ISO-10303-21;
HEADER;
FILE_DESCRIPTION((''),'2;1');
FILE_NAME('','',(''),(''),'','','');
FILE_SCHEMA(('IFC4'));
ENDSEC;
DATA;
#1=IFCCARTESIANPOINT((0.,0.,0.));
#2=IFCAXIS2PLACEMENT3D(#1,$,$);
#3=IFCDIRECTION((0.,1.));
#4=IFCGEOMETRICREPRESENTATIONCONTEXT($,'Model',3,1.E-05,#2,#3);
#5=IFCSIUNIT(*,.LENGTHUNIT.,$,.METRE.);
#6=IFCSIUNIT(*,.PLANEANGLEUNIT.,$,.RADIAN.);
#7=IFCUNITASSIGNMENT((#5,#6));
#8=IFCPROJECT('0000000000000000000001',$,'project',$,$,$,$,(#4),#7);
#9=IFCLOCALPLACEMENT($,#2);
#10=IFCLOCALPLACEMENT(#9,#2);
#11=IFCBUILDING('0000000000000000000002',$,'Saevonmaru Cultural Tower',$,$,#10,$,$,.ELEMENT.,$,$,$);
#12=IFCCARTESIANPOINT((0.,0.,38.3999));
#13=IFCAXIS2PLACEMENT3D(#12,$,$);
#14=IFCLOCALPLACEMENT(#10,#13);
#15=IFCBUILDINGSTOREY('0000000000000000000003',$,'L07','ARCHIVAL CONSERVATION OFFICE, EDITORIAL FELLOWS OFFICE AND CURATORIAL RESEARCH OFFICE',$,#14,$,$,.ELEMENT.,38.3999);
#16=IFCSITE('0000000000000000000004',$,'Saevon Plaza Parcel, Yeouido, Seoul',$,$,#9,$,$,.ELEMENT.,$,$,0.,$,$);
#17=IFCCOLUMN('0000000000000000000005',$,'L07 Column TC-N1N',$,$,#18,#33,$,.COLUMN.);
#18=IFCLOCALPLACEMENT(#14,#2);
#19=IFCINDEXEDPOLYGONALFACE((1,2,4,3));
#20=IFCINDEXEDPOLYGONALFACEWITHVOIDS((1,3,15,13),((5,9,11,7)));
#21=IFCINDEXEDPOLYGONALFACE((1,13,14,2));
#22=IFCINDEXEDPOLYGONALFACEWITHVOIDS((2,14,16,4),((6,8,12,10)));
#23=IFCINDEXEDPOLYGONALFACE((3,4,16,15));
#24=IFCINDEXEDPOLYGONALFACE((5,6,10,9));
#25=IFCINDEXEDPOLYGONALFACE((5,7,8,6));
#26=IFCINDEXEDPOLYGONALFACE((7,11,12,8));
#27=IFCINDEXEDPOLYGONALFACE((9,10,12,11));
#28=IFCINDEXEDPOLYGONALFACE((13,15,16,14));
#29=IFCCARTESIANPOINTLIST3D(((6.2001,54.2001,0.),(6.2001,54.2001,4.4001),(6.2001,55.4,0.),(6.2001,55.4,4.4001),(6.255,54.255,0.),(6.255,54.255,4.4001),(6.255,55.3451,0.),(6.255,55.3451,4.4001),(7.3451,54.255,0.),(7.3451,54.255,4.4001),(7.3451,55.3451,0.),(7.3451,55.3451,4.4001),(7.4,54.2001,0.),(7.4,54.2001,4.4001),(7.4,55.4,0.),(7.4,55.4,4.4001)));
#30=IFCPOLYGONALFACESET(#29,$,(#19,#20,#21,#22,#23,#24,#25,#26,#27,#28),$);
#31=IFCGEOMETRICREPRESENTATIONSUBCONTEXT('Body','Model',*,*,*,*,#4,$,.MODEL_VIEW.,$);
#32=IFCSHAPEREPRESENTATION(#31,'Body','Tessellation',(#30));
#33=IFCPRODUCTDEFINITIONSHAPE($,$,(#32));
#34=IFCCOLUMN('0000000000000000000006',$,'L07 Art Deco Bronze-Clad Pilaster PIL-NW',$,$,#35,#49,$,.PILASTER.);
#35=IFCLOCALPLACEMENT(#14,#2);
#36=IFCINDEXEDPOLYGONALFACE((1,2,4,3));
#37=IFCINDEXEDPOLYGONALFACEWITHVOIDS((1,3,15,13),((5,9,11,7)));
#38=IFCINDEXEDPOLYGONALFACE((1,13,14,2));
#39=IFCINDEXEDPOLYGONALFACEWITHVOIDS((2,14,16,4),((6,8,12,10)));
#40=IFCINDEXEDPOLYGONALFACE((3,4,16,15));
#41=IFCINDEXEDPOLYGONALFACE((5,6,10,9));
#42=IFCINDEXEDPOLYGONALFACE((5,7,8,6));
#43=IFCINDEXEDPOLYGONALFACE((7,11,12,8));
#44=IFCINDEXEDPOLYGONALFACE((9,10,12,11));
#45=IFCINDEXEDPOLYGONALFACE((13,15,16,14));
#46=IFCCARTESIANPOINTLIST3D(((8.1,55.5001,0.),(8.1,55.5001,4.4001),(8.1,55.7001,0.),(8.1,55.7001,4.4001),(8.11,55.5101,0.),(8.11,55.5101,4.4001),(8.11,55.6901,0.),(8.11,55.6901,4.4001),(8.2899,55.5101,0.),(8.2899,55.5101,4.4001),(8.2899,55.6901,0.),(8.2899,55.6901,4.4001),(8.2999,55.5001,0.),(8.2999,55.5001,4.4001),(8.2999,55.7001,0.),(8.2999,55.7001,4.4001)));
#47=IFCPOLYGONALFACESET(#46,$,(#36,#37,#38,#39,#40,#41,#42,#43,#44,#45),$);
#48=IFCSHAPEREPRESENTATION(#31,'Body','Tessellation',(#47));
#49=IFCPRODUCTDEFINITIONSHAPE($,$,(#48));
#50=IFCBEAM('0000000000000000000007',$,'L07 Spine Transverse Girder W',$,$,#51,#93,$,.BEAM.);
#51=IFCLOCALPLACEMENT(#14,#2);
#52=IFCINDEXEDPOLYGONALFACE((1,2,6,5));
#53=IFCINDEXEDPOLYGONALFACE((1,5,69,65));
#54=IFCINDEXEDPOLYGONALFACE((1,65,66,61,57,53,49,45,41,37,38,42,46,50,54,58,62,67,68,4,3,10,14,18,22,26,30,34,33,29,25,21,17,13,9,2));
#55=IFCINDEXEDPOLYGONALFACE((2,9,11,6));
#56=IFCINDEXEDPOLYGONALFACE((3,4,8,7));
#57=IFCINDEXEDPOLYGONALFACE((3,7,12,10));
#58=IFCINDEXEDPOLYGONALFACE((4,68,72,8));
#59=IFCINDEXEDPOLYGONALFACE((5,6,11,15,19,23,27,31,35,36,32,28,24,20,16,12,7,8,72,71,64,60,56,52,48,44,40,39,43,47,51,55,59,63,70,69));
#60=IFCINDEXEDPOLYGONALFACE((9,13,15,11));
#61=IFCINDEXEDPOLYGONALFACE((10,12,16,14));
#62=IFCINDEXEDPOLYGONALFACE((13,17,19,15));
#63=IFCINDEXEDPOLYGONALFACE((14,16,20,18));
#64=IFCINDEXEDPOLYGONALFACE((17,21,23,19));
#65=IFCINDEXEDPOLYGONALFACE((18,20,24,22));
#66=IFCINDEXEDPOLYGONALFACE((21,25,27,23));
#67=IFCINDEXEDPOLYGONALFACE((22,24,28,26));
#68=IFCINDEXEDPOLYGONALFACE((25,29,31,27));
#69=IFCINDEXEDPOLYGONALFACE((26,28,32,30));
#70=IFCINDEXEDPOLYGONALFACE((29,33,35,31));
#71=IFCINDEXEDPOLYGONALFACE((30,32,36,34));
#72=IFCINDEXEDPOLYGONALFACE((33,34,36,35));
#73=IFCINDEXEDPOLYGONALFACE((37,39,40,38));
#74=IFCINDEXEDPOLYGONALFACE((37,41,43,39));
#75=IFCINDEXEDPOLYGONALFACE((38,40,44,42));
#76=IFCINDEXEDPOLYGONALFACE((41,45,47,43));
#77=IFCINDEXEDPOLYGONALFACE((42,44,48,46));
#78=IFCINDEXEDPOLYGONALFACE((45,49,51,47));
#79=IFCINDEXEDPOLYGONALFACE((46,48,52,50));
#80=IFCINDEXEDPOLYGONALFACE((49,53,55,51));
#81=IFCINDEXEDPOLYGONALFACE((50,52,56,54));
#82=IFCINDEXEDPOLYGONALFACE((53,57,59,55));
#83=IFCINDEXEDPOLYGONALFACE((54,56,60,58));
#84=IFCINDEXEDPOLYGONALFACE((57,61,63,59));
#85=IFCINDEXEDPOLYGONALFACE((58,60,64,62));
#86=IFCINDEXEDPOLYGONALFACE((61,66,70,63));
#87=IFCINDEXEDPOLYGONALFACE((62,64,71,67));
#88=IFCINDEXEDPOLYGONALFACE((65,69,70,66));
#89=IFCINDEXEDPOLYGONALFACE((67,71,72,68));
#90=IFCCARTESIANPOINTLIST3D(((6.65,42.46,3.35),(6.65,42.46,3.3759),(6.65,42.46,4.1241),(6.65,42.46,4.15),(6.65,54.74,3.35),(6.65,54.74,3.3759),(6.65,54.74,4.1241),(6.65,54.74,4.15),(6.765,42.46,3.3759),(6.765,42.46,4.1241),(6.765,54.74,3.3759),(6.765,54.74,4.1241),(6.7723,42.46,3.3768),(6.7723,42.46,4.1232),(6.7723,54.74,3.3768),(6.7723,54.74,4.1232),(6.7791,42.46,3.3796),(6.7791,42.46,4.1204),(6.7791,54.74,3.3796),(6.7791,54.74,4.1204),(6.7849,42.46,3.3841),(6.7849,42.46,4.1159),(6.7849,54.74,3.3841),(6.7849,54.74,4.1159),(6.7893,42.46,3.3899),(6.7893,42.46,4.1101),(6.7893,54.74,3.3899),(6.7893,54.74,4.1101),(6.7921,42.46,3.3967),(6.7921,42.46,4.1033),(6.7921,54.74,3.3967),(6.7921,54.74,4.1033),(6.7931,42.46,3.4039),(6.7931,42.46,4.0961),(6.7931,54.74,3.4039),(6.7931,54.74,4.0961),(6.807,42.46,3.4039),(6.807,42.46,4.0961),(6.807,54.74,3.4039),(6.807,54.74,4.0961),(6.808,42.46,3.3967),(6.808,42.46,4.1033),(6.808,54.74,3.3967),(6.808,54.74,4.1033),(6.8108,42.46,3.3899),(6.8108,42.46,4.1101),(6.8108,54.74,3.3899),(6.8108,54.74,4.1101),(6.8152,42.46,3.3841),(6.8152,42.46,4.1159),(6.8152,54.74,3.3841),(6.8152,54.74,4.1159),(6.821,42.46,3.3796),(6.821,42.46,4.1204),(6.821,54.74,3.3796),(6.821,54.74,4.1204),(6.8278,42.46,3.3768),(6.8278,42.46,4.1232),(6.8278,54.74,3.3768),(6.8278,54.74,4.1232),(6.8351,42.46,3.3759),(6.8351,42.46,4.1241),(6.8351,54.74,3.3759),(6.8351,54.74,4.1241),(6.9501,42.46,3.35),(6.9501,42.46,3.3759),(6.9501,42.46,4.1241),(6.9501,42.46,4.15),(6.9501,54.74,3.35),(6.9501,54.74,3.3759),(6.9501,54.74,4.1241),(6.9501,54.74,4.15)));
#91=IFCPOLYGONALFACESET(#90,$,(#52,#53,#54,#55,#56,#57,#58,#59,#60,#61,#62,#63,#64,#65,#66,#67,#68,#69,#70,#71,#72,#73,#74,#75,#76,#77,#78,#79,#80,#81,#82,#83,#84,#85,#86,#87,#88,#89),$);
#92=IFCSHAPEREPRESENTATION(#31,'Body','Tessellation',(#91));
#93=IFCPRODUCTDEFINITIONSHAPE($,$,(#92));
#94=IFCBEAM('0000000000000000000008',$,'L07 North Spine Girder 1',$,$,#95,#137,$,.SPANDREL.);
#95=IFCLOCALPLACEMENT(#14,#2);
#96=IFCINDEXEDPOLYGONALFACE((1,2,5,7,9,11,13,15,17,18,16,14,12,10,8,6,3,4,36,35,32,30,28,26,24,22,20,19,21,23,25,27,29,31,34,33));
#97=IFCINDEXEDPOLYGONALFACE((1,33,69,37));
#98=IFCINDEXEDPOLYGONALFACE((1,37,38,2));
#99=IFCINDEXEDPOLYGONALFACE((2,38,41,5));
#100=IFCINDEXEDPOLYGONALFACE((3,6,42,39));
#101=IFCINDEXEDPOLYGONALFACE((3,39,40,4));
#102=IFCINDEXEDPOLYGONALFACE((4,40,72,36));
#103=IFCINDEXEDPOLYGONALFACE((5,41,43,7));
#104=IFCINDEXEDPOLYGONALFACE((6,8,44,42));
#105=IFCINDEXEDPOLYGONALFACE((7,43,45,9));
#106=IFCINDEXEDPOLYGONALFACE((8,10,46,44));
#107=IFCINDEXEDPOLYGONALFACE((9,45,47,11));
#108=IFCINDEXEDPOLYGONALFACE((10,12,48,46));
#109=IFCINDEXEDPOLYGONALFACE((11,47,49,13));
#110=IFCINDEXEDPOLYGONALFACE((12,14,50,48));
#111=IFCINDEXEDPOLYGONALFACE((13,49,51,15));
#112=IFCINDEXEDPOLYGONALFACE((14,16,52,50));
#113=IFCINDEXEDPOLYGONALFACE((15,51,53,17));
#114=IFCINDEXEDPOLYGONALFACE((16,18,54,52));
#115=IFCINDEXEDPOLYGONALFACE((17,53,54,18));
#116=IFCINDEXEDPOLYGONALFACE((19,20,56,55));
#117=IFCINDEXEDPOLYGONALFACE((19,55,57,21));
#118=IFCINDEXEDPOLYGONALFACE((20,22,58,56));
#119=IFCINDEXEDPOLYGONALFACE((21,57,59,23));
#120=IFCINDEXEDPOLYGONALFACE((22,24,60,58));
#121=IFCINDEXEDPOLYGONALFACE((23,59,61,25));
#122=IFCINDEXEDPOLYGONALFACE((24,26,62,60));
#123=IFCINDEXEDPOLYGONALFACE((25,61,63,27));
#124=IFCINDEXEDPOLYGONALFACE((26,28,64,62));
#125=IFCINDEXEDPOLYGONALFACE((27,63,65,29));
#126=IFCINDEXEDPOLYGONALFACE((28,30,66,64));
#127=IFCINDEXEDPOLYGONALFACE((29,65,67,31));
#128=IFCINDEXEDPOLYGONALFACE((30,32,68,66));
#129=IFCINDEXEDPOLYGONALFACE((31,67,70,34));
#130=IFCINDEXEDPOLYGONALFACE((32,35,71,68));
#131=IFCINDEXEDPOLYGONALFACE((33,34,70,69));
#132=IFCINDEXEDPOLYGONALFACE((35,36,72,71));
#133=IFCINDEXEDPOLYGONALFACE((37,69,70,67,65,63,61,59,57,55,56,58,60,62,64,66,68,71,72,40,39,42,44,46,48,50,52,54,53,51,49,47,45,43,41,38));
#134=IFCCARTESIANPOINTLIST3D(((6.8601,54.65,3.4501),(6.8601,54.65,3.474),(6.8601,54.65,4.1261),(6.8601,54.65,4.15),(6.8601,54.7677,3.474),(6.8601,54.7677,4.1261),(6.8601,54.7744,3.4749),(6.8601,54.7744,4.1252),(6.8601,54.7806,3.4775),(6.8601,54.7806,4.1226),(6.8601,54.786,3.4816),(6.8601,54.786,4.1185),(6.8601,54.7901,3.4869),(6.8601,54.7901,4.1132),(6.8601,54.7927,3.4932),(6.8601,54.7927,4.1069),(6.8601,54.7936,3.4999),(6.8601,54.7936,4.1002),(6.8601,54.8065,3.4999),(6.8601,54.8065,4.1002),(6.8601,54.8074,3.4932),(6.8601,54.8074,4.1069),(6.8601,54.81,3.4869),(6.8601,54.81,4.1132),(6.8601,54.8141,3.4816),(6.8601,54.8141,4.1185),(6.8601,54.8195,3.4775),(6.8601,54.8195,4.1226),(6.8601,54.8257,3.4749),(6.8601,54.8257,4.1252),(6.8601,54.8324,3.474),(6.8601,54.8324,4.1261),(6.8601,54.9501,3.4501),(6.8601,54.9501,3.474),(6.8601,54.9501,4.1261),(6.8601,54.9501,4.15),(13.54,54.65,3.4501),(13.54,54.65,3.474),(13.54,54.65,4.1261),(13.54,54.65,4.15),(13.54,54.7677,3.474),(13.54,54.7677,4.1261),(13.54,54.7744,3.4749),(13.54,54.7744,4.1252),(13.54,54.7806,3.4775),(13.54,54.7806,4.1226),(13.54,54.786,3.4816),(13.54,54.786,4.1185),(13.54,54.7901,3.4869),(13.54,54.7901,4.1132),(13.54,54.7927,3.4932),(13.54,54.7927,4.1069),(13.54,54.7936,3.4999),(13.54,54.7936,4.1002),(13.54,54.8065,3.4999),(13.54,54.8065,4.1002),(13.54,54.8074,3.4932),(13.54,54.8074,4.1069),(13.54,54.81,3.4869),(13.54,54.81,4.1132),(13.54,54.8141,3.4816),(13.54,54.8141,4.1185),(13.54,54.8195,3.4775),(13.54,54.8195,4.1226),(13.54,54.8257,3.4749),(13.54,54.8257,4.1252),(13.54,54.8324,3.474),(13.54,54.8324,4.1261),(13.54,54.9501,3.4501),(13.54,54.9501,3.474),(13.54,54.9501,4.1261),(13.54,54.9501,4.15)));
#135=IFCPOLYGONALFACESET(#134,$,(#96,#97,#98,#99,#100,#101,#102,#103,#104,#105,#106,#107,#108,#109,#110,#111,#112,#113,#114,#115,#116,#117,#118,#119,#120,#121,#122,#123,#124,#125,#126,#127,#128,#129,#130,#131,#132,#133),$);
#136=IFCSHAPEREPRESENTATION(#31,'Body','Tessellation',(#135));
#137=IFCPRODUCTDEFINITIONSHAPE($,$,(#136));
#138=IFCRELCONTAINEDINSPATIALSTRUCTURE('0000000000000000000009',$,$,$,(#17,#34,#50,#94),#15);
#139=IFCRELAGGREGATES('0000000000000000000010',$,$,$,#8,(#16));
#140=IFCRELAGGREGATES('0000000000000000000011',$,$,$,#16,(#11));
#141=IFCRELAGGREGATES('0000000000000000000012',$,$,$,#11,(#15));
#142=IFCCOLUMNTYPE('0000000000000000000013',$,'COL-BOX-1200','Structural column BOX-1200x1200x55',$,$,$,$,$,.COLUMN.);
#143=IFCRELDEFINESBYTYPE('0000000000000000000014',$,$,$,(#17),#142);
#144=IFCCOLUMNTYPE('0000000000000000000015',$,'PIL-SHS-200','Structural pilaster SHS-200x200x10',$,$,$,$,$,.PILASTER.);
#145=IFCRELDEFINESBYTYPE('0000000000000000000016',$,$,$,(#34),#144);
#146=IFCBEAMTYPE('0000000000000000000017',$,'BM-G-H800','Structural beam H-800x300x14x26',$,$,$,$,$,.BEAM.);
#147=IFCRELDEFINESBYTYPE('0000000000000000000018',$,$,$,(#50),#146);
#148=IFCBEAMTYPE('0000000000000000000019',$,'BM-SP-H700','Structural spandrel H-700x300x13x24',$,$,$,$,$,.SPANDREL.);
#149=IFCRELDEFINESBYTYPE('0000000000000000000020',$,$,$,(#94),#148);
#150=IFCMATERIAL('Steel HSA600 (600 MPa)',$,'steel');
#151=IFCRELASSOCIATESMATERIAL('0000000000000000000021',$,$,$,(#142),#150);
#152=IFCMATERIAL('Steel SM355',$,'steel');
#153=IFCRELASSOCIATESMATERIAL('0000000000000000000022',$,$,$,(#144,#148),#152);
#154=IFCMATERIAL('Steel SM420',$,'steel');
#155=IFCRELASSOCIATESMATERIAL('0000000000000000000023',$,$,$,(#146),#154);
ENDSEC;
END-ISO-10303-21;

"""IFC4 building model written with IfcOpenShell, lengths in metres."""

from ifc_helpers import new_model, si_unit, direction, frame, origin, origin_2d, place, context, subcontext, project, spatial, hollow_rectangle, i_section, extrude, material, material_profile, profile_set, type_object, element, save


model = new_model("IFC4")

# Units and contexts
model_context = context("Model", 3, precision=1e-05, world=origin(), true_north=direction((0.0, 1.0)))
body_context = subcontext(model_context, "Body", "Model", "MODEL_VIEW")
ifc_project = project(units=[si_unit("LENGTHUNIT", "METRE"), si_unit("PLANEANGLEUNIT", "RADIAN")], contexts=[model_context])

# Site, building, storey
site_placement = place(None, origin())
site = spatial("IfcSite", under=ifc_project, at=site_placement, Name="Saevon Plaza Parcel, Yeouido, Seoul", CompositionType="ELEMENT", RefElevation=0.0)
building_placement = place(site_placement, origin())
building = spatial("IfcBuilding", under=site, at=building_placement, Name="Saevonmaru Cultural Tower", CompositionType="ELEMENT")
storey_placement = place(building_placement, frame((0.0, 0.0, 38.3999)))
storey = spatial("IfcBuildingStorey", under=building, at=storey_placement, Name="L07", Description="ARCHIVAL CONSERVATION OFFICE, EDITORIAL FELLOWS OFFICE AND CURATORIAL RESEARCH OFFICE", CompositionType="ELEMENT", Elevation=38.3999)

# Columns
ifc_material_1 = material(Name="Steel HSA600 (600 MPa)", Category="steel")
ifc_material_profile_1 = material_profile(ifc_material_1, hollow_rectangle(XDim=1.2, YDim=1.2, WallThickness=0.0549, at=origin_2d()), Name="BOX-1200x1200x55")
ifc_profile_set_1 = profile_set([ifc_material_profile_1], Name="Steel HSA600 (600 MPa)")
column_type_1 = type_object("IfcColumnType", Name="COL-BOX-1200", Description="Structural column BOX-1200x1200x55", PredefinedType="COLUMN", material=ifc_profile_set_1)
column_1_placement = place(storey_placement, frame((6.8, 54.8, 0.0), z_axis=(0.0, 0.0, 1.0), x_axis=(1.0, 0.0, 0.0)))
element("IfcColumn", 1, at=column_1_placement, inside=storey, type_object=column_type_1, Name="L07 Column TC-N1N", PredefinedType="COLUMN", context=body_context, shape_type="SweptSolid", body=[
    extrude(hollow_rectangle(XDim=1.2, YDim=1.2, WallThickness=0.0549, at=origin_2d()), origin(), (0.0, 0.0, 1.0), 4.4001),
])
ifc_material_2 = material(Name="Steel SM355", Category="steel")
ifc_material_profile_2 = material_profile(ifc_material_2, hollow_rectangle(XDim=0.2, YDim=0.2, WallThickness=0.01, at=origin_2d()), Name="SHS-200x200x10")
ifc_profile_set_2 = profile_set([ifc_material_profile_2], Name="Steel SM355")
column_type_2 = type_object("IfcColumnType", Name="PIL-SHS-200", Description="Structural pilaster SHS-200x200x10", PredefinedType="PILASTER", material=ifc_profile_set_2)
column_2_placement = place(storey_placement, frame((8.2, 55.6001, 0.0), z_axis=(0.0, 0.0, 1.0), x_axis=(1.0, 0.0, 0.0)))
element("IfcColumn", 2, at=column_2_placement, inside=storey, type_object=column_type_2, Name="L07 Art Deco Bronze-Clad Pilaster PIL-NW", PredefinedType="PILASTER", context=body_context, shape_type="SweptSolid", body=[
    extrude(hollow_rectangle(XDim=0.2, YDim=0.2, WallThickness=0.01, at=origin_2d()), origin(), (0.0, 0.0, 1.0), 4.4001),
])

# Beams
ifc_material_3 = material(Name="Steel SM420", Category="steel")
ifc_material_profile_3 = material_profile(ifc_material_3, i_section(OverallWidth=0.3, OverallDepth=0.8, WebThickness=0.0139, FlangeThickness=0.0259, FilletRadius=0.0281, at=origin_2d()), Name="H-800x300x14x26")
ifc_profile_set_3 = profile_set([ifc_material_profile_3], Name="Steel SM420")
beam_type_1 = type_object("IfcBeamType", Name="BM-G-H800", Description="Structural beam H-800x300x14x26", PredefinedType="BEAM", material=ifc_profile_set_3)
beam_1_placement = place(storey_placement, frame((6.8, 54.74, 3.75), z_axis=(0.0, -1.0, 0.0), x_axis=(1.0, 0.0, 0.0)))
element("IfcBeam", 3, at=beam_1_placement, inside=storey, type_object=beam_type_1, Name="L07 Spine Transverse Girder W", PredefinedType="BEAM", context=body_context, shape_type="SweptSolid", body=[
    extrude(i_section(OverallWidth=0.3, OverallDepth=0.8, WebThickness=0.0139, FlangeThickness=0.0259, FilletRadius=0.0281, at=origin_2d()), origin(), (0.0, 0.0, 1.0), 12.28),
])
ifc_material_profile_4 = material_profile(ifc_material_2, i_section(OverallWidth=0.3, OverallDepth=0.7, WebThickness=0.0129, FlangeThickness=0.0239, FilletRadius=0.0259, at=origin_2d()), Name="H-700x300x13x24")
ifc_profile_set_4 = profile_set([ifc_material_profile_4], Name="Steel SM355")
beam_type_2 = type_object("IfcBeamType", Name="BM-SP-H700", Description="Structural spandrel H-700x300x13x24", PredefinedType="SPANDREL", material=ifc_profile_set_4)
beam_2_placement = place(storey_placement, frame((6.8601, 54.8, 3.8), z_axis=(1.0, 0.0, 0.0), x_axis=(0.0, 1.0, 0.0)))
element("IfcBeam", 4, at=beam_2_placement, inside=storey, type_object=beam_type_2, Name="L07 North Spine Girder 1", PredefinedType="SPANDREL", context=body_context, shape_type="SweptSolid", body=[
    extrude(i_section(OverallWidth=0.3, OverallDepth=0.7, WebThickness=0.0129, FlangeThickness=0.0239, FilletRadius=0.0259, at=origin_2d()), origin(), (0.0, 0.0, 1.0), 6.6799),
])

save(model, "model.ifc")
